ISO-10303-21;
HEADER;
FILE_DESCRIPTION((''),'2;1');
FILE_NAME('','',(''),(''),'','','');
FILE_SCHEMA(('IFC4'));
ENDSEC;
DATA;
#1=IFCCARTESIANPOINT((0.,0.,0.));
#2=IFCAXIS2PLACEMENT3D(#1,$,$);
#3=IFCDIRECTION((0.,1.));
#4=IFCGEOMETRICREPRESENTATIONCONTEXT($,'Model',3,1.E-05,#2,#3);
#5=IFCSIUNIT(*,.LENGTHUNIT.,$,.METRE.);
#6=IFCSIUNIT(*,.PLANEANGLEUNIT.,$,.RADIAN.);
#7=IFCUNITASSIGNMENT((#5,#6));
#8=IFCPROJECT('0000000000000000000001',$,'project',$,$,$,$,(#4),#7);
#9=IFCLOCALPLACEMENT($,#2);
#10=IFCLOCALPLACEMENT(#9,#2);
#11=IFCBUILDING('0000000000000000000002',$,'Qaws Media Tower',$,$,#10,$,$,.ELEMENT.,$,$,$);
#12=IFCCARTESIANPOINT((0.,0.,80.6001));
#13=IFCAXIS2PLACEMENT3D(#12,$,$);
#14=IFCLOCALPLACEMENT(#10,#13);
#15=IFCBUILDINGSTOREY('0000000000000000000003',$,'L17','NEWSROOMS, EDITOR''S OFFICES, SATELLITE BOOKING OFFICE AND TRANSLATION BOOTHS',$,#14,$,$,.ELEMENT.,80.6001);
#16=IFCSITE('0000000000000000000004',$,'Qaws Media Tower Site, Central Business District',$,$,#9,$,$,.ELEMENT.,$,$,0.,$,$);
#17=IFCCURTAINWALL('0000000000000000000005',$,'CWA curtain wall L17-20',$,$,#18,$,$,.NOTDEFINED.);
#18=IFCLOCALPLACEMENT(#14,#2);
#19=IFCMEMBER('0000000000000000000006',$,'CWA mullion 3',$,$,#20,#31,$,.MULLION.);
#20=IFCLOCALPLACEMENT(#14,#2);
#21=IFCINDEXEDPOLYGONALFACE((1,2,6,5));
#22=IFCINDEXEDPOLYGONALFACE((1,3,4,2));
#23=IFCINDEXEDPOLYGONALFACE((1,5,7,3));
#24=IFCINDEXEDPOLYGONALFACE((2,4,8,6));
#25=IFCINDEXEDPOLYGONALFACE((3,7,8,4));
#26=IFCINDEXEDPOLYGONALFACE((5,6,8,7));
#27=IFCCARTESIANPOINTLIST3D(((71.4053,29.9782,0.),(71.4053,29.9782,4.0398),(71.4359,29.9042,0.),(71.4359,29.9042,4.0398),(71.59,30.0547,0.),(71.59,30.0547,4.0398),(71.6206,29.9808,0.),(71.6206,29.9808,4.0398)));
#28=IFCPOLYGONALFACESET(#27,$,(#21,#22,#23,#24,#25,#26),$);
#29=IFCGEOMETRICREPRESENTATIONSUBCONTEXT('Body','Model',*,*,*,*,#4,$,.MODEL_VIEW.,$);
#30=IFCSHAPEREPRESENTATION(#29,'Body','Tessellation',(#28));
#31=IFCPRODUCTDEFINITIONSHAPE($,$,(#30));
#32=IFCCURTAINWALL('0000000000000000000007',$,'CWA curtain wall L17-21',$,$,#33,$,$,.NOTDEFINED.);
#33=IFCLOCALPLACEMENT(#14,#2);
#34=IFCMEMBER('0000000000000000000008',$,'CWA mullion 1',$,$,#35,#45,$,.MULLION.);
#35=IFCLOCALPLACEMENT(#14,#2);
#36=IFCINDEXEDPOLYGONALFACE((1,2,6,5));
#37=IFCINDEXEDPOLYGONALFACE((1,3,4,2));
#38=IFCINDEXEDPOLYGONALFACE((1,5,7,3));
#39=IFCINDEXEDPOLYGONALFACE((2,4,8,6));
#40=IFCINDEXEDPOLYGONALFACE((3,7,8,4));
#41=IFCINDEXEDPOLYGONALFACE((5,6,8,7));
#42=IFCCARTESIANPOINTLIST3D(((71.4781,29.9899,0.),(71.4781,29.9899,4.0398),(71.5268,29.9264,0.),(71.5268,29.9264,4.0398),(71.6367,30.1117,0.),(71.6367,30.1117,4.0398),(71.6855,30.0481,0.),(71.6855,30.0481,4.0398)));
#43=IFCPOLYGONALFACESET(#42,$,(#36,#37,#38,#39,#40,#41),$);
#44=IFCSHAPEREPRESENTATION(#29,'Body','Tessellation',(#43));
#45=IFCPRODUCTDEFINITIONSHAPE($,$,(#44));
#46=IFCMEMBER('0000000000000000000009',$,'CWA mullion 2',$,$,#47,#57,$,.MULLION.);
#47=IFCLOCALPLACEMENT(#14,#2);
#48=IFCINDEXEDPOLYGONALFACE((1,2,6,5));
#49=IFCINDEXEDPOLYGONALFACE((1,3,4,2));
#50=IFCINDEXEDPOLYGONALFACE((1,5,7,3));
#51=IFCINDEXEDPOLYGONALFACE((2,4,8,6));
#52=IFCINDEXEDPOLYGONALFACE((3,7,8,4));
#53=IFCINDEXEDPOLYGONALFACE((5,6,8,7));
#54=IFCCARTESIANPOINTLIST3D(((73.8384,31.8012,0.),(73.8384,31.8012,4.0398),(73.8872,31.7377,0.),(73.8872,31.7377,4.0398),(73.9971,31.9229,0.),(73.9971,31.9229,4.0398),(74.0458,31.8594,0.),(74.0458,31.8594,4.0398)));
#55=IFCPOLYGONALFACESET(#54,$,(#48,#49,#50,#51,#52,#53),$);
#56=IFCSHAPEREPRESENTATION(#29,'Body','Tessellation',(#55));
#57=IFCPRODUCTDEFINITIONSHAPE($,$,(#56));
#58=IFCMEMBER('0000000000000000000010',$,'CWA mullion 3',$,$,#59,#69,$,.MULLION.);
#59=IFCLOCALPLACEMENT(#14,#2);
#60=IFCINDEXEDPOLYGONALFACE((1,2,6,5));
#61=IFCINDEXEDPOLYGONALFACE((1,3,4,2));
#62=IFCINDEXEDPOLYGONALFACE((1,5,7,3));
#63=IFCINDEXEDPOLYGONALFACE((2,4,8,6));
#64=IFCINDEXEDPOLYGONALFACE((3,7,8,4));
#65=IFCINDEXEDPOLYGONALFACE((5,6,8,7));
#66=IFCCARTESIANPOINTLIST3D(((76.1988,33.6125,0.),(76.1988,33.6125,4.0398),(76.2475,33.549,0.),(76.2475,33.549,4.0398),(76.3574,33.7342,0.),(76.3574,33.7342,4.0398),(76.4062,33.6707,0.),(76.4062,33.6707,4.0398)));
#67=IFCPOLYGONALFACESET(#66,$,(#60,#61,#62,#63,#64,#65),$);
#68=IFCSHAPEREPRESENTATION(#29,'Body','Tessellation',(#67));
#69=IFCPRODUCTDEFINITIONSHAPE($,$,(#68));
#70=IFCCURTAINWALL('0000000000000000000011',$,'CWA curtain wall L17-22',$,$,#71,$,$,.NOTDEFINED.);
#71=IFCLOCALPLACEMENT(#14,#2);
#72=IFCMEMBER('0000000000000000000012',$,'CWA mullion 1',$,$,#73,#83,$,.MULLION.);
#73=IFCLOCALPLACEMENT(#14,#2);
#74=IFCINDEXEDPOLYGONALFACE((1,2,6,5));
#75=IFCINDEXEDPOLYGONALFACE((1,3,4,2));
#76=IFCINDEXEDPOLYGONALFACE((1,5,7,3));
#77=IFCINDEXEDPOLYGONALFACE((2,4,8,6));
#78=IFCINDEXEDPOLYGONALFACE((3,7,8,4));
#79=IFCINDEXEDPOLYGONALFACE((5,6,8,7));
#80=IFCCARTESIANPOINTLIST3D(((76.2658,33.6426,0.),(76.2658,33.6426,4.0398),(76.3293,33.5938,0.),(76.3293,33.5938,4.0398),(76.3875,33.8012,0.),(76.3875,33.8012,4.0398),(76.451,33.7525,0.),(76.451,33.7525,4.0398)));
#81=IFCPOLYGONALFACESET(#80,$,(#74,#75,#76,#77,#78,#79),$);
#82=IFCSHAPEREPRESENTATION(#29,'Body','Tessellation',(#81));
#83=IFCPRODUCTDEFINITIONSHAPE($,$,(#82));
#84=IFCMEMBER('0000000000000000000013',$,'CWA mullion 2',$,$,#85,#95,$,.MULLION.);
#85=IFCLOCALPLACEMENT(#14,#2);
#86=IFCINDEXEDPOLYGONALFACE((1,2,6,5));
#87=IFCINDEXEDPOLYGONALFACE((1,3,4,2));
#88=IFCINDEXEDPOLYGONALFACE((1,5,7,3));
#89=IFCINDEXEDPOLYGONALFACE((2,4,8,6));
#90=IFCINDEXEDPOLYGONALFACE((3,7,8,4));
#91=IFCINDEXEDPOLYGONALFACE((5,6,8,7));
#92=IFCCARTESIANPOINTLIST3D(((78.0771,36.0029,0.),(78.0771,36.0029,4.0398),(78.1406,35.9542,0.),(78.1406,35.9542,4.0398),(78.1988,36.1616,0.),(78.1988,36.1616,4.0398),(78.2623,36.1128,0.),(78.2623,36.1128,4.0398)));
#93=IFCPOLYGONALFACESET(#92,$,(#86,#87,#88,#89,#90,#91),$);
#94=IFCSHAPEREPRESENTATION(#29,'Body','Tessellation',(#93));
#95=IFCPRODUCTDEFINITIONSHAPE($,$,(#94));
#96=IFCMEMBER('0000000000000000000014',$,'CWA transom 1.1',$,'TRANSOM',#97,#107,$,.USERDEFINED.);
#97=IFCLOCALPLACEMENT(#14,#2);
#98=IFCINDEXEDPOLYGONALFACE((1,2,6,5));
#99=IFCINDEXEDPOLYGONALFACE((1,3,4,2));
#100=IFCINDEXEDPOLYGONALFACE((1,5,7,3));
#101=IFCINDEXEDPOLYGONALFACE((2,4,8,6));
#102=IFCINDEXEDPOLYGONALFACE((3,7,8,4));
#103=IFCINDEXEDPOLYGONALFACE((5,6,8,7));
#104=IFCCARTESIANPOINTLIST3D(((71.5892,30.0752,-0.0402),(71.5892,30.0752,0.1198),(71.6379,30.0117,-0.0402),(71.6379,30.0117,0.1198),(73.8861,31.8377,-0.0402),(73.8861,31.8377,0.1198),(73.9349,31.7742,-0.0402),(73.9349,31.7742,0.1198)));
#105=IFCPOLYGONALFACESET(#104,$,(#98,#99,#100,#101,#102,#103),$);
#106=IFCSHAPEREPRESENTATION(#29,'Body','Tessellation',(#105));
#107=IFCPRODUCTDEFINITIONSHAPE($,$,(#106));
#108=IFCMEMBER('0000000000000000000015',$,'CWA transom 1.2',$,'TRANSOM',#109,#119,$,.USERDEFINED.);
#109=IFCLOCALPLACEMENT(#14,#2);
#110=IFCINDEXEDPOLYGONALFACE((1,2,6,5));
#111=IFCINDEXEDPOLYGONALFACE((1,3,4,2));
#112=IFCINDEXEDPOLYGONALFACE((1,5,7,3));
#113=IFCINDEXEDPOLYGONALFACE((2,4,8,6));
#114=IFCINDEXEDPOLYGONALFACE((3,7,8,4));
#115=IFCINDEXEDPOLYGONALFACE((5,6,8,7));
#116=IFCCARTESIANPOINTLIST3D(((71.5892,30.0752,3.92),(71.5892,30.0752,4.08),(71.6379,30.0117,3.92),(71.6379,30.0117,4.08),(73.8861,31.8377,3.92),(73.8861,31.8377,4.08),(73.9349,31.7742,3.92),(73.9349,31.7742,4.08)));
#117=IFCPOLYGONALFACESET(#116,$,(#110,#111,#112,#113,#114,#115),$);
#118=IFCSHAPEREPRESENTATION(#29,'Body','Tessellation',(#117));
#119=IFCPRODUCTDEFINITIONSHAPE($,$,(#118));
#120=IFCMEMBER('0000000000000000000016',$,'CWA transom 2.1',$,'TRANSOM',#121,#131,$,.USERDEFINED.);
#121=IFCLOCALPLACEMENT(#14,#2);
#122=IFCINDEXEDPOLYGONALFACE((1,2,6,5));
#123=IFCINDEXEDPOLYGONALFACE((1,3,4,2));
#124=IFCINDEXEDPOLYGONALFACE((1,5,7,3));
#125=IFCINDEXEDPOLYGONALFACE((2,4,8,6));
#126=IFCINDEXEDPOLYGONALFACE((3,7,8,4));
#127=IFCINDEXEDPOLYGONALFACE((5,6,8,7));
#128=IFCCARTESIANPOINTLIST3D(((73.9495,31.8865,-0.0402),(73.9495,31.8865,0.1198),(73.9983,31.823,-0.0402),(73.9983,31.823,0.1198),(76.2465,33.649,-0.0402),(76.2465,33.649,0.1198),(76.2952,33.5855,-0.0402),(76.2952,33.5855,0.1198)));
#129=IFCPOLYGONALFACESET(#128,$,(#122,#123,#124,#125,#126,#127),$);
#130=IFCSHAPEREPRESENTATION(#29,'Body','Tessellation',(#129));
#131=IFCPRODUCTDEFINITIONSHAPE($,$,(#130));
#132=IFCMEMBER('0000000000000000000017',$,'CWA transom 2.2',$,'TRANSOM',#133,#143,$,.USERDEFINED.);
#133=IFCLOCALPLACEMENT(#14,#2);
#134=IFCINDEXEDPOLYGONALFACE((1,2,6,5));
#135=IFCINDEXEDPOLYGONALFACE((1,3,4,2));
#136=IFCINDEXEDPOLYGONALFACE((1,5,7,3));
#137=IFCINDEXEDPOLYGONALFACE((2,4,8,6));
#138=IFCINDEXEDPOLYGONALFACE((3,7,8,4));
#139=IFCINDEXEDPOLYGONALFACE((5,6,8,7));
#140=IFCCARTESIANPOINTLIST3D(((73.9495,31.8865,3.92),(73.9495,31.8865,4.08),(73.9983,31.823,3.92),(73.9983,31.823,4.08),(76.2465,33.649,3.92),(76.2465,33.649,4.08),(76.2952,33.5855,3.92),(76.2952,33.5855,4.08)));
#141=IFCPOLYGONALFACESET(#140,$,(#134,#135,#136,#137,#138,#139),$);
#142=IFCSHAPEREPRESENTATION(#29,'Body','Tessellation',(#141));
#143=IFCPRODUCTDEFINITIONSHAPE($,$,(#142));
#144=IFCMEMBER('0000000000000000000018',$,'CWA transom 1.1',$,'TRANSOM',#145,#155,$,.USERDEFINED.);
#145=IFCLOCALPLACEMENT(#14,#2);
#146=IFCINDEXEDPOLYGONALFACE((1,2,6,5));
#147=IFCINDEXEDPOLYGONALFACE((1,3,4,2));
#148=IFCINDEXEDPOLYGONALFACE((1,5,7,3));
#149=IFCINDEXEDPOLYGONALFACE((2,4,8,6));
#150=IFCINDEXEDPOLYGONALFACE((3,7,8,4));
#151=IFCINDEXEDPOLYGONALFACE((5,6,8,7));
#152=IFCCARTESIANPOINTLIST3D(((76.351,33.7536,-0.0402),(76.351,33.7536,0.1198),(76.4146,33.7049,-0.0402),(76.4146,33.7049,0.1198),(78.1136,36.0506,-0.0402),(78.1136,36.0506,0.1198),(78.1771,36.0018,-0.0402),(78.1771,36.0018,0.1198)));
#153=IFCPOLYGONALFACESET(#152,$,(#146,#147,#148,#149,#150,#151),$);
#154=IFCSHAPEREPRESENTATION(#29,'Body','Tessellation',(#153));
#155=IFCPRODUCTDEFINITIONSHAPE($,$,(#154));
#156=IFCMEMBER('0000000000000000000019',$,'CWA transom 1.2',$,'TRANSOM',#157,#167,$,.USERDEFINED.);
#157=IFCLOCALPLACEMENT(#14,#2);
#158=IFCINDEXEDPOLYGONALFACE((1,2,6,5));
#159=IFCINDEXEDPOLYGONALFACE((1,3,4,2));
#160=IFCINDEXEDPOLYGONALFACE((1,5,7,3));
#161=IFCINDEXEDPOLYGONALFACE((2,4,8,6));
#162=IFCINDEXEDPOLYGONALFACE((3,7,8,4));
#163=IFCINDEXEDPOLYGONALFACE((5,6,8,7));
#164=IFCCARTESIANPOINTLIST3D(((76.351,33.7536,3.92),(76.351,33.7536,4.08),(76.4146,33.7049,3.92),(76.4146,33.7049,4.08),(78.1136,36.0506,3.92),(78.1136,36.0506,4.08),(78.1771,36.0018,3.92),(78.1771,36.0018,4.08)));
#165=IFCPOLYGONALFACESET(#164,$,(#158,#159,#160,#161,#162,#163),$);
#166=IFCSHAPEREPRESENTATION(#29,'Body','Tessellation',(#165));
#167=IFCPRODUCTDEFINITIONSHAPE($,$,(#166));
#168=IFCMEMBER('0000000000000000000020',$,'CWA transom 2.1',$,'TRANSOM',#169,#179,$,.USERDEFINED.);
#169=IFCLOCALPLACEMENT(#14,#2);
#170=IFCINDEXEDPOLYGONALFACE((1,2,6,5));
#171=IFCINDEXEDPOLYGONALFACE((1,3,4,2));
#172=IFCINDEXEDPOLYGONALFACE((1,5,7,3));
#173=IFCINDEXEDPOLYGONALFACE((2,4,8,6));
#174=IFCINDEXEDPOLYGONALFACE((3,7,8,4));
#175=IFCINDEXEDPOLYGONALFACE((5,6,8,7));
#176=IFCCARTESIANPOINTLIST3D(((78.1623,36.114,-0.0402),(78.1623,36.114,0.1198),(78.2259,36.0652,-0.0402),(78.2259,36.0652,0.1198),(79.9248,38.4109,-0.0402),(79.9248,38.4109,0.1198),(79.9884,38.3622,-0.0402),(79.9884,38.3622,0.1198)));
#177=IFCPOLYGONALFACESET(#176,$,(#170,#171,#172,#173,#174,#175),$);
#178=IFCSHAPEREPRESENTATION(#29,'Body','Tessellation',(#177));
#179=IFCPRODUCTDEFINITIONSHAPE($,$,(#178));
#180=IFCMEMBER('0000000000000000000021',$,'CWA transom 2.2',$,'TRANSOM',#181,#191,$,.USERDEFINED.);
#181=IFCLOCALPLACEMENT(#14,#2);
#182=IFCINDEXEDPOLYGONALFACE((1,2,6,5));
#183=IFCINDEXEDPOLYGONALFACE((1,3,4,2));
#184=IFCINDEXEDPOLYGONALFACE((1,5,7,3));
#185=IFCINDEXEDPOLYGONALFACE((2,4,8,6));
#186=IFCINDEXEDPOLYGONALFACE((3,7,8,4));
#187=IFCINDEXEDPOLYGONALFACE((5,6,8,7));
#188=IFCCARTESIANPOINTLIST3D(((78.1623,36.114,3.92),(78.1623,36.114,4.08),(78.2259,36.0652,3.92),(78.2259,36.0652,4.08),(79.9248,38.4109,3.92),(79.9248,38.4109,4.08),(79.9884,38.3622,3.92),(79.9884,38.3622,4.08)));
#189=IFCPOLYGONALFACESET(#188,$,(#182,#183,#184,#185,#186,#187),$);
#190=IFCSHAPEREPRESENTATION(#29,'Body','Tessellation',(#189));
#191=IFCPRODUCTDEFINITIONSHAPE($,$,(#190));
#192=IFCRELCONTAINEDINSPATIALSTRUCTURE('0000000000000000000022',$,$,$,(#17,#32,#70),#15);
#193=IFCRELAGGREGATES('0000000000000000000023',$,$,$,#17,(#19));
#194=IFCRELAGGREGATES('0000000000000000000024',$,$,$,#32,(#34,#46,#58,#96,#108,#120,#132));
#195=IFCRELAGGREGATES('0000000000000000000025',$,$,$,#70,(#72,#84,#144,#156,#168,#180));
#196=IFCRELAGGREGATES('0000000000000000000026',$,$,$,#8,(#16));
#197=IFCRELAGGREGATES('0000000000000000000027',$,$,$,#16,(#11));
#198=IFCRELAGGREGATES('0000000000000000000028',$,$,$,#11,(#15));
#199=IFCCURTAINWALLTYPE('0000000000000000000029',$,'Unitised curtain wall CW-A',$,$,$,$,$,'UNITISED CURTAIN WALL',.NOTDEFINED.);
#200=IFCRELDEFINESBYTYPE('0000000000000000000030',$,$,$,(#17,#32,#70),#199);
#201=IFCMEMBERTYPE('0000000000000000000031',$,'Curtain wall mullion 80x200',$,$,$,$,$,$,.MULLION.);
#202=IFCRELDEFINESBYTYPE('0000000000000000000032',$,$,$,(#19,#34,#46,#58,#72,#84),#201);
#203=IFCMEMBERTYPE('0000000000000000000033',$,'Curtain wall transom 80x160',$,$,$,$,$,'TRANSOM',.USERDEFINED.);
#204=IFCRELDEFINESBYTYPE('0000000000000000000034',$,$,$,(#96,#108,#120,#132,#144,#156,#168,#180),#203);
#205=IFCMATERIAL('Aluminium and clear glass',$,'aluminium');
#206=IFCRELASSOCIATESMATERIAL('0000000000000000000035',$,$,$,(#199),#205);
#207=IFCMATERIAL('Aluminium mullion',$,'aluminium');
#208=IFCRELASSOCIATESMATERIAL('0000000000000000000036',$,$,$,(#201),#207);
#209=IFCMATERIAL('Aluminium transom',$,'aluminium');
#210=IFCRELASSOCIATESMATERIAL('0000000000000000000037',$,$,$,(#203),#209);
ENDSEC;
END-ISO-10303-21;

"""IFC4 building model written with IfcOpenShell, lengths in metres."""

from ifc_helpers import new_model, si_unit, direction, frame, origin, origin_2d, place, context, subcontext, project, spatial, rectangle, extrude, material, material_profile, profile_set, type_object, element, aggregate, save


model = new_model("IFC4")

# Units and contexts
model_context = context("Model", 3, precision=1e-05, world=origin(), true_north=direction((0.0, 1.0)))
body_context = subcontext(model_context, "Body", "Model", "MODEL_VIEW")
ifc_project = project(units=[si_unit("LENGTHUNIT", "METRE"), si_unit("PLANEANGLEUNIT", "RADIAN")], contexts=[model_context])

# Site, building, storey
site_placement = place(None, origin())
site = spatial("IfcSite", under=ifc_project, at=site_placement, Name="Qaws Media Tower Site, Central Business District", CompositionType="ELEMENT", RefElevation=0.0)
building_placement = place(site_placement, origin())
building = spatial("IfcBuilding", under=site, at=building_placement, Name="Qaws Media Tower", CompositionType="ELEMENT")
storey_placement = place(building_placement, frame((0.0, 0.0, 80.6001)))
storey = spatial("IfcBuildingStorey", under=building, at=storey_placement, Name="L17", Description="NEWSROOMS, EDITOR'S OFFICES, SATELLITE BOOKING OFFICE AND TRANSLATION BOOTHS", CompositionType="ELEMENT", Elevation=80.6001)

# Curtain wall, member
ifc_material_1 = material(Name="Aluminium and clear glass", Category="aluminium")
curtain_wall_type = type_object("IfcCurtainWallType", Name="Unitised curtain wall CW-A", ElementType="UNITISED CURTAIN WALL", PredefinedType="NOTDEFINED", material=ifc_material_1)
curtain_wall_1_placement = place(storey_placement, origin())
curtain_wall_1 = element("IfcCurtainWall", 1, at=curtain_wall_1_placement, inside=storey, type_object=curtain_wall_type, Name="CWA curtain wall L17-20", PredefinedType="NOTDEFINED")
ifc_material_2 = material(Name="Aluminium mullion", Category="aluminium")
ifc_material_profile_1 = material_profile(ifc_material_2, rectangle(XDim=0.0801, YDim=0.2, at=origin_2d()), Name="80x200")
ifc_profile_set_1 = profile_set([ifc_material_profile_1], Name="Aluminium mullion")
member_type_1 = type_object("IfcMemberType", Name="Curtain wall mullion 80x200", PredefinedType="MULLION", material=ifc_profile_set_1)
member_1_placement = place(storey_placement, frame((71.5129, 29.9795, 0.0), z_axis=(0.0, 0.0, 1.0), x_axis=(-0.382683, 0.92388, 0.0)))
member_1 = element("IfcMember", 2, at=member_1_placement, type_object=member_type_1, Name="CWA mullion 3", PredefinedType="MULLION", context=body_context, shape_type="SweptSolid", body=[
    extrude(rectangle(XDim=0.0801, YDim=0.2, at=origin_2d()), origin(), (0.0, 0.0, 1.0), 4.0398),
])

# Curtain walls, members
curtain_wall_2_placement = place(storey_placement, origin())
curtain_wall_2 = element("IfcCurtainWall", 3, at=curtain_wall_2_placement, inside=storey, type_object=curtain_wall_type, Name="CWA curtain wall L17-21", PredefinedType="NOTDEFINED")
member_2_placement = place(storey_placement, frame((71.5818, 30.019, 0.0), z_axis=(0.0, 0.0, 1.0), x_axis=(-0.608761, 0.793353, 0.0)))
member_2 = element("IfcMember", 4, at=member_2_placement, type_object=member_type_1, Name="CWA mullion 1", PredefinedType="MULLION", context=body_context, shape_type="SweptSolid", body=[
    extrude(rectangle(XDim=0.0801, YDim=0.2, at=origin_2d()), origin(), (0.0, 0.0, 1.0), 4.0398),
])
member_3_placement = place(storey_placement, frame((73.9421, 31.8303, 0.0), z_axis=(0.0, 0.0, 1.0), x_axis=(-0.608761, 0.793353, 0.0)))
member_3 = element("IfcMember", 5, at=member_3_placement, type_object=member_type_1, Name="CWA mullion 2", PredefinedType="MULLION", context=body_context, shape_type="SweptSolid", body=[
    extrude(rectangle(XDim=0.0801, YDim=0.2, at=origin_2d()), origin(), (0.0, 0.0, 1.0), 4.0398),
])
member_4_placement = place(storey_placement, frame((76.3025, 33.6416, 0.0), z_axis=(0.0, 0.0, 1.0), x_axis=(-0.608761, 0.793353, 0.0)))
member_4 = element("IfcMember", 6, at=member_4_placement, type_object=member_type_1, Name="CWA mullion 3", PredefinedType="MULLION", context=body_context, shape_type="SweptSolid", body=[
    extrude(rectangle(XDim=0.0801, YDim=0.2, at=origin_2d()), origin(), (0.0, 0.0, 1.0), 4.0398),
])
curtain_wall_3_placement = place(storey_placement, origin())
curtain_wall_3 = element("IfcCurtainWall", 7, at=curtain_wall_3_placement, inside=storey, type_object=curtain_wall_type, Name="CWA curtain wall L17-22", PredefinedType="NOTDEFINED")
member_5_placement = place(storey_placement, frame((76.3584, 33.6975, 0.0), z_axis=(0.0, 0.0, 1.0), x_axis=(-0.793353, 0.608761, 0.0)))
member_5 = element("IfcMember", 8, at=member_5_placement, type_object=member_type_1, Name="CWA mullion 1", PredefinedType="MULLION", context=body_context, shape_type="SweptSolid", body=[
    extrude(rectangle(XDim=0.0801, YDim=0.2, at=origin_2d()), origin(), (0.0, 0.0, 1.0), 4.0398),
])
member_6_placement = place(storey_placement, frame((78.1697, 36.0579, 0.0), z_axis=(0.0, 0.0, 1.0), x_axis=(-0.793353, 0.608761, 0.0)))
member_6 = element("IfcMember", 9, at=member_6_placement, type_object=member_type_1, Name="CWA mullion 2", PredefinedType="MULLION", context=body_context, shape_type="SweptSolid", body=[
    extrude(rectangle(XDim=0.0801, YDim=0.2, at=origin_2d()), origin(), (0.0, 0.0, 1.0), 4.0398),
])

# Members
ifc_material_3 = material(Name="Aluminium transom", Category="aluminium")
ifc_material_profile_2 = material_profile(ifc_material_3, rectangle(XDim=0.0801, YDim=0.1599, at=origin_2d()), Name="80x160")
ifc_profile_set_2 = profile_set([ifc_material_profile_2], Name="Aluminium transom")
member_type_2 = type_object("IfcMemberType", Name="Curtain wall transom 80x160", ElementType="TRANSOM", PredefinedType="USERDEFINED", material=ifc_profile_set_2)
member_7_placement = place(storey_placement, frame((71.6135, 30.0435, 0.0398), z_axis=(0.793354, 0.608761, 0.0), x_axis=(-0.608761, 0.793354, 0.0)))
member_7 = element("IfcMember", 10, at=member_7_placement, type_object=member_type_2, Name="CWA transom 1.1", ObjectType="TRANSOM", PredefinedType="USERDEFINED", context=body_context, shape_type="SweptSolid", body=[
    extrude(rectangle(XDim=0.0801, YDim=0.1599, at=origin_2d()), origin(), (0.0, 0.0, 1.0), 2.8953),
])
member_8_placement = place(storey_placement, frame((71.6135, 30.0435, 4.0), z_axis=(0.793354, 0.608761, 0.0), x_axis=(-0.608761, 0.793354, 0.0)))
member_8 = element("IfcMember", 11, at=member_8_placement, type_object=member_type_2, Name="CWA transom 1.2", ObjectType="TRANSOM", PredefinedType="USERDEFINED", context=body_context, shape_type="SweptSolid", body=[
    extrude(rectangle(XDim=0.0801, YDim=0.1599, at=origin_2d()), origin(), (0.0, 0.0, 1.0), 2.8953),
])
member_9_placement = place(storey_placement, frame((73.9739, 31.8547, 0.0398), z_axis=(0.793354, 0.608761, 0.0), x_axis=(-0.608761, 0.793354, 0.0)))
member_9 = element("IfcMember", 12, at=member_9_placement, type_object=member_type_2, Name="CWA transom 2.1", ObjectType="TRANSOM", PredefinedType="USERDEFINED", context=body_context, shape_type="SweptSolid", body=[
    extrude(rectangle(XDim=0.0801, YDim=0.1599, at=origin_2d()), origin(), (0.0, 0.0, 1.0), 2.8953),
])
member_10_placement = place(storey_placement, frame((73.9739, 31.8547, 4.0), z_axis=(0.793354, 0.608761, 0.0), x_axis=(-0.608761, 0.793354, 0.0)))
member_10 = element("IfcMember", 13, at=member_10_placement, type_object=member_type_2, Name="CWA transom 2.2", ObjectType="TRANSOM", PredefinedType="USERDEFINED", context=body_context, shape_type="SweptSolid", body=[
    extrude(rectangle(XDim=0.0801, YDim=0.1599, at=origin_2d()), origin(), (0.0, 0.0, 1.0), 2.8953),
])
member_11_placement = place(storey_placement, frame((76.3828, 33.7292, 0.0398), z_axis=(0.608761, 0.793354, 0.0), x_axis=(-0.793354, 0.608761, 0.0)))
member_11 = element("IfcMember", 14, at=member_11_placement, type_object=member_type_2, Name="CWA transom 1.1", ObjectType="TRANSOM", PredefinedType="USERDEFINED", context=body_context, shape_type="SweptSolid", body=[
    extrude(rectangle(XDim=0.0801, YDim=0.1599, at=origin_2d()), origin(), (0.0, 0.0, 1.0), 2.8953),
])
member_12_placement = place(storey_placement, frame((76.3828, 33.7292, 4.0), z_axis=(0.608761, 0.793354, 0.0), x_axis=(-0.793354, 0.608761, 0.0)))
member_12 = element("IfcMember", 15, at=member_12_placement, type_object=member_type_2, Name="CWA transom 1.2", ObjectType="TRANSOM", PredefinedType="USERDEFINED", context=body_context, shape_type="SweptSolid", body=[
    extrude(rectangle(XDim=0.0801, YDim=0.1599, at=origin_2d()), origin(), (0.0, 0.0, 1.0), 2.8953),
])
member_13_placement = place(storey_placement, frame((78.1941, 36.0896, 0.0398), z_axis=(0.608761, 0.793354, 0.0), x_axis=(-0.793354, 0.608761, 0.0)))
member_13 = element("IfcMember", 16, at=member_13_placement, type_object=member_type_2, Name="CWA transom 2.1", ObjectType="TRANSOM", PredefinedType="USERDEFINED", context=body_context, shape_type="SweptSolid", body=[
    extrude(rectangle(XDim=0.0801, YDim=0.1599, at=origin_2d()), origin(), (0.0, 0.0, 1.0), 2.8953),
])
member_14_placement = place(storey_placement, frame((78.1941, 36.0896, 4.0), z_axis=(0.608761, 0.793354, 0.0), x_axis=(-0.793354, 0.608761, 0.0)))
member_14 = element("IfcMember", 17, at=member_14_placement, type_object=member_type_2, Name="CWA transom 2.2", ObjectType="TRANSOM", PredefinedType="USERDEFINED", context=body_context, shape_type="SweptSolid", body=[
    extrude(rectangle(XDim=0.0801, YDim=0.1599, at=origin_2d()), origin(), (0.0, 0.0, 1.0), 2.8953),
])

aggregate(curtain_wall_1, [member_1])
aggregate(curtain_wall_2, [member_2, member_3, member_4, member_7, member_8, member_9, member_10])
aggregate(curtain_wall_3, [member_5, member_6, member_11, member_12, member_13, member_14])

save(model, "model.ifc")
